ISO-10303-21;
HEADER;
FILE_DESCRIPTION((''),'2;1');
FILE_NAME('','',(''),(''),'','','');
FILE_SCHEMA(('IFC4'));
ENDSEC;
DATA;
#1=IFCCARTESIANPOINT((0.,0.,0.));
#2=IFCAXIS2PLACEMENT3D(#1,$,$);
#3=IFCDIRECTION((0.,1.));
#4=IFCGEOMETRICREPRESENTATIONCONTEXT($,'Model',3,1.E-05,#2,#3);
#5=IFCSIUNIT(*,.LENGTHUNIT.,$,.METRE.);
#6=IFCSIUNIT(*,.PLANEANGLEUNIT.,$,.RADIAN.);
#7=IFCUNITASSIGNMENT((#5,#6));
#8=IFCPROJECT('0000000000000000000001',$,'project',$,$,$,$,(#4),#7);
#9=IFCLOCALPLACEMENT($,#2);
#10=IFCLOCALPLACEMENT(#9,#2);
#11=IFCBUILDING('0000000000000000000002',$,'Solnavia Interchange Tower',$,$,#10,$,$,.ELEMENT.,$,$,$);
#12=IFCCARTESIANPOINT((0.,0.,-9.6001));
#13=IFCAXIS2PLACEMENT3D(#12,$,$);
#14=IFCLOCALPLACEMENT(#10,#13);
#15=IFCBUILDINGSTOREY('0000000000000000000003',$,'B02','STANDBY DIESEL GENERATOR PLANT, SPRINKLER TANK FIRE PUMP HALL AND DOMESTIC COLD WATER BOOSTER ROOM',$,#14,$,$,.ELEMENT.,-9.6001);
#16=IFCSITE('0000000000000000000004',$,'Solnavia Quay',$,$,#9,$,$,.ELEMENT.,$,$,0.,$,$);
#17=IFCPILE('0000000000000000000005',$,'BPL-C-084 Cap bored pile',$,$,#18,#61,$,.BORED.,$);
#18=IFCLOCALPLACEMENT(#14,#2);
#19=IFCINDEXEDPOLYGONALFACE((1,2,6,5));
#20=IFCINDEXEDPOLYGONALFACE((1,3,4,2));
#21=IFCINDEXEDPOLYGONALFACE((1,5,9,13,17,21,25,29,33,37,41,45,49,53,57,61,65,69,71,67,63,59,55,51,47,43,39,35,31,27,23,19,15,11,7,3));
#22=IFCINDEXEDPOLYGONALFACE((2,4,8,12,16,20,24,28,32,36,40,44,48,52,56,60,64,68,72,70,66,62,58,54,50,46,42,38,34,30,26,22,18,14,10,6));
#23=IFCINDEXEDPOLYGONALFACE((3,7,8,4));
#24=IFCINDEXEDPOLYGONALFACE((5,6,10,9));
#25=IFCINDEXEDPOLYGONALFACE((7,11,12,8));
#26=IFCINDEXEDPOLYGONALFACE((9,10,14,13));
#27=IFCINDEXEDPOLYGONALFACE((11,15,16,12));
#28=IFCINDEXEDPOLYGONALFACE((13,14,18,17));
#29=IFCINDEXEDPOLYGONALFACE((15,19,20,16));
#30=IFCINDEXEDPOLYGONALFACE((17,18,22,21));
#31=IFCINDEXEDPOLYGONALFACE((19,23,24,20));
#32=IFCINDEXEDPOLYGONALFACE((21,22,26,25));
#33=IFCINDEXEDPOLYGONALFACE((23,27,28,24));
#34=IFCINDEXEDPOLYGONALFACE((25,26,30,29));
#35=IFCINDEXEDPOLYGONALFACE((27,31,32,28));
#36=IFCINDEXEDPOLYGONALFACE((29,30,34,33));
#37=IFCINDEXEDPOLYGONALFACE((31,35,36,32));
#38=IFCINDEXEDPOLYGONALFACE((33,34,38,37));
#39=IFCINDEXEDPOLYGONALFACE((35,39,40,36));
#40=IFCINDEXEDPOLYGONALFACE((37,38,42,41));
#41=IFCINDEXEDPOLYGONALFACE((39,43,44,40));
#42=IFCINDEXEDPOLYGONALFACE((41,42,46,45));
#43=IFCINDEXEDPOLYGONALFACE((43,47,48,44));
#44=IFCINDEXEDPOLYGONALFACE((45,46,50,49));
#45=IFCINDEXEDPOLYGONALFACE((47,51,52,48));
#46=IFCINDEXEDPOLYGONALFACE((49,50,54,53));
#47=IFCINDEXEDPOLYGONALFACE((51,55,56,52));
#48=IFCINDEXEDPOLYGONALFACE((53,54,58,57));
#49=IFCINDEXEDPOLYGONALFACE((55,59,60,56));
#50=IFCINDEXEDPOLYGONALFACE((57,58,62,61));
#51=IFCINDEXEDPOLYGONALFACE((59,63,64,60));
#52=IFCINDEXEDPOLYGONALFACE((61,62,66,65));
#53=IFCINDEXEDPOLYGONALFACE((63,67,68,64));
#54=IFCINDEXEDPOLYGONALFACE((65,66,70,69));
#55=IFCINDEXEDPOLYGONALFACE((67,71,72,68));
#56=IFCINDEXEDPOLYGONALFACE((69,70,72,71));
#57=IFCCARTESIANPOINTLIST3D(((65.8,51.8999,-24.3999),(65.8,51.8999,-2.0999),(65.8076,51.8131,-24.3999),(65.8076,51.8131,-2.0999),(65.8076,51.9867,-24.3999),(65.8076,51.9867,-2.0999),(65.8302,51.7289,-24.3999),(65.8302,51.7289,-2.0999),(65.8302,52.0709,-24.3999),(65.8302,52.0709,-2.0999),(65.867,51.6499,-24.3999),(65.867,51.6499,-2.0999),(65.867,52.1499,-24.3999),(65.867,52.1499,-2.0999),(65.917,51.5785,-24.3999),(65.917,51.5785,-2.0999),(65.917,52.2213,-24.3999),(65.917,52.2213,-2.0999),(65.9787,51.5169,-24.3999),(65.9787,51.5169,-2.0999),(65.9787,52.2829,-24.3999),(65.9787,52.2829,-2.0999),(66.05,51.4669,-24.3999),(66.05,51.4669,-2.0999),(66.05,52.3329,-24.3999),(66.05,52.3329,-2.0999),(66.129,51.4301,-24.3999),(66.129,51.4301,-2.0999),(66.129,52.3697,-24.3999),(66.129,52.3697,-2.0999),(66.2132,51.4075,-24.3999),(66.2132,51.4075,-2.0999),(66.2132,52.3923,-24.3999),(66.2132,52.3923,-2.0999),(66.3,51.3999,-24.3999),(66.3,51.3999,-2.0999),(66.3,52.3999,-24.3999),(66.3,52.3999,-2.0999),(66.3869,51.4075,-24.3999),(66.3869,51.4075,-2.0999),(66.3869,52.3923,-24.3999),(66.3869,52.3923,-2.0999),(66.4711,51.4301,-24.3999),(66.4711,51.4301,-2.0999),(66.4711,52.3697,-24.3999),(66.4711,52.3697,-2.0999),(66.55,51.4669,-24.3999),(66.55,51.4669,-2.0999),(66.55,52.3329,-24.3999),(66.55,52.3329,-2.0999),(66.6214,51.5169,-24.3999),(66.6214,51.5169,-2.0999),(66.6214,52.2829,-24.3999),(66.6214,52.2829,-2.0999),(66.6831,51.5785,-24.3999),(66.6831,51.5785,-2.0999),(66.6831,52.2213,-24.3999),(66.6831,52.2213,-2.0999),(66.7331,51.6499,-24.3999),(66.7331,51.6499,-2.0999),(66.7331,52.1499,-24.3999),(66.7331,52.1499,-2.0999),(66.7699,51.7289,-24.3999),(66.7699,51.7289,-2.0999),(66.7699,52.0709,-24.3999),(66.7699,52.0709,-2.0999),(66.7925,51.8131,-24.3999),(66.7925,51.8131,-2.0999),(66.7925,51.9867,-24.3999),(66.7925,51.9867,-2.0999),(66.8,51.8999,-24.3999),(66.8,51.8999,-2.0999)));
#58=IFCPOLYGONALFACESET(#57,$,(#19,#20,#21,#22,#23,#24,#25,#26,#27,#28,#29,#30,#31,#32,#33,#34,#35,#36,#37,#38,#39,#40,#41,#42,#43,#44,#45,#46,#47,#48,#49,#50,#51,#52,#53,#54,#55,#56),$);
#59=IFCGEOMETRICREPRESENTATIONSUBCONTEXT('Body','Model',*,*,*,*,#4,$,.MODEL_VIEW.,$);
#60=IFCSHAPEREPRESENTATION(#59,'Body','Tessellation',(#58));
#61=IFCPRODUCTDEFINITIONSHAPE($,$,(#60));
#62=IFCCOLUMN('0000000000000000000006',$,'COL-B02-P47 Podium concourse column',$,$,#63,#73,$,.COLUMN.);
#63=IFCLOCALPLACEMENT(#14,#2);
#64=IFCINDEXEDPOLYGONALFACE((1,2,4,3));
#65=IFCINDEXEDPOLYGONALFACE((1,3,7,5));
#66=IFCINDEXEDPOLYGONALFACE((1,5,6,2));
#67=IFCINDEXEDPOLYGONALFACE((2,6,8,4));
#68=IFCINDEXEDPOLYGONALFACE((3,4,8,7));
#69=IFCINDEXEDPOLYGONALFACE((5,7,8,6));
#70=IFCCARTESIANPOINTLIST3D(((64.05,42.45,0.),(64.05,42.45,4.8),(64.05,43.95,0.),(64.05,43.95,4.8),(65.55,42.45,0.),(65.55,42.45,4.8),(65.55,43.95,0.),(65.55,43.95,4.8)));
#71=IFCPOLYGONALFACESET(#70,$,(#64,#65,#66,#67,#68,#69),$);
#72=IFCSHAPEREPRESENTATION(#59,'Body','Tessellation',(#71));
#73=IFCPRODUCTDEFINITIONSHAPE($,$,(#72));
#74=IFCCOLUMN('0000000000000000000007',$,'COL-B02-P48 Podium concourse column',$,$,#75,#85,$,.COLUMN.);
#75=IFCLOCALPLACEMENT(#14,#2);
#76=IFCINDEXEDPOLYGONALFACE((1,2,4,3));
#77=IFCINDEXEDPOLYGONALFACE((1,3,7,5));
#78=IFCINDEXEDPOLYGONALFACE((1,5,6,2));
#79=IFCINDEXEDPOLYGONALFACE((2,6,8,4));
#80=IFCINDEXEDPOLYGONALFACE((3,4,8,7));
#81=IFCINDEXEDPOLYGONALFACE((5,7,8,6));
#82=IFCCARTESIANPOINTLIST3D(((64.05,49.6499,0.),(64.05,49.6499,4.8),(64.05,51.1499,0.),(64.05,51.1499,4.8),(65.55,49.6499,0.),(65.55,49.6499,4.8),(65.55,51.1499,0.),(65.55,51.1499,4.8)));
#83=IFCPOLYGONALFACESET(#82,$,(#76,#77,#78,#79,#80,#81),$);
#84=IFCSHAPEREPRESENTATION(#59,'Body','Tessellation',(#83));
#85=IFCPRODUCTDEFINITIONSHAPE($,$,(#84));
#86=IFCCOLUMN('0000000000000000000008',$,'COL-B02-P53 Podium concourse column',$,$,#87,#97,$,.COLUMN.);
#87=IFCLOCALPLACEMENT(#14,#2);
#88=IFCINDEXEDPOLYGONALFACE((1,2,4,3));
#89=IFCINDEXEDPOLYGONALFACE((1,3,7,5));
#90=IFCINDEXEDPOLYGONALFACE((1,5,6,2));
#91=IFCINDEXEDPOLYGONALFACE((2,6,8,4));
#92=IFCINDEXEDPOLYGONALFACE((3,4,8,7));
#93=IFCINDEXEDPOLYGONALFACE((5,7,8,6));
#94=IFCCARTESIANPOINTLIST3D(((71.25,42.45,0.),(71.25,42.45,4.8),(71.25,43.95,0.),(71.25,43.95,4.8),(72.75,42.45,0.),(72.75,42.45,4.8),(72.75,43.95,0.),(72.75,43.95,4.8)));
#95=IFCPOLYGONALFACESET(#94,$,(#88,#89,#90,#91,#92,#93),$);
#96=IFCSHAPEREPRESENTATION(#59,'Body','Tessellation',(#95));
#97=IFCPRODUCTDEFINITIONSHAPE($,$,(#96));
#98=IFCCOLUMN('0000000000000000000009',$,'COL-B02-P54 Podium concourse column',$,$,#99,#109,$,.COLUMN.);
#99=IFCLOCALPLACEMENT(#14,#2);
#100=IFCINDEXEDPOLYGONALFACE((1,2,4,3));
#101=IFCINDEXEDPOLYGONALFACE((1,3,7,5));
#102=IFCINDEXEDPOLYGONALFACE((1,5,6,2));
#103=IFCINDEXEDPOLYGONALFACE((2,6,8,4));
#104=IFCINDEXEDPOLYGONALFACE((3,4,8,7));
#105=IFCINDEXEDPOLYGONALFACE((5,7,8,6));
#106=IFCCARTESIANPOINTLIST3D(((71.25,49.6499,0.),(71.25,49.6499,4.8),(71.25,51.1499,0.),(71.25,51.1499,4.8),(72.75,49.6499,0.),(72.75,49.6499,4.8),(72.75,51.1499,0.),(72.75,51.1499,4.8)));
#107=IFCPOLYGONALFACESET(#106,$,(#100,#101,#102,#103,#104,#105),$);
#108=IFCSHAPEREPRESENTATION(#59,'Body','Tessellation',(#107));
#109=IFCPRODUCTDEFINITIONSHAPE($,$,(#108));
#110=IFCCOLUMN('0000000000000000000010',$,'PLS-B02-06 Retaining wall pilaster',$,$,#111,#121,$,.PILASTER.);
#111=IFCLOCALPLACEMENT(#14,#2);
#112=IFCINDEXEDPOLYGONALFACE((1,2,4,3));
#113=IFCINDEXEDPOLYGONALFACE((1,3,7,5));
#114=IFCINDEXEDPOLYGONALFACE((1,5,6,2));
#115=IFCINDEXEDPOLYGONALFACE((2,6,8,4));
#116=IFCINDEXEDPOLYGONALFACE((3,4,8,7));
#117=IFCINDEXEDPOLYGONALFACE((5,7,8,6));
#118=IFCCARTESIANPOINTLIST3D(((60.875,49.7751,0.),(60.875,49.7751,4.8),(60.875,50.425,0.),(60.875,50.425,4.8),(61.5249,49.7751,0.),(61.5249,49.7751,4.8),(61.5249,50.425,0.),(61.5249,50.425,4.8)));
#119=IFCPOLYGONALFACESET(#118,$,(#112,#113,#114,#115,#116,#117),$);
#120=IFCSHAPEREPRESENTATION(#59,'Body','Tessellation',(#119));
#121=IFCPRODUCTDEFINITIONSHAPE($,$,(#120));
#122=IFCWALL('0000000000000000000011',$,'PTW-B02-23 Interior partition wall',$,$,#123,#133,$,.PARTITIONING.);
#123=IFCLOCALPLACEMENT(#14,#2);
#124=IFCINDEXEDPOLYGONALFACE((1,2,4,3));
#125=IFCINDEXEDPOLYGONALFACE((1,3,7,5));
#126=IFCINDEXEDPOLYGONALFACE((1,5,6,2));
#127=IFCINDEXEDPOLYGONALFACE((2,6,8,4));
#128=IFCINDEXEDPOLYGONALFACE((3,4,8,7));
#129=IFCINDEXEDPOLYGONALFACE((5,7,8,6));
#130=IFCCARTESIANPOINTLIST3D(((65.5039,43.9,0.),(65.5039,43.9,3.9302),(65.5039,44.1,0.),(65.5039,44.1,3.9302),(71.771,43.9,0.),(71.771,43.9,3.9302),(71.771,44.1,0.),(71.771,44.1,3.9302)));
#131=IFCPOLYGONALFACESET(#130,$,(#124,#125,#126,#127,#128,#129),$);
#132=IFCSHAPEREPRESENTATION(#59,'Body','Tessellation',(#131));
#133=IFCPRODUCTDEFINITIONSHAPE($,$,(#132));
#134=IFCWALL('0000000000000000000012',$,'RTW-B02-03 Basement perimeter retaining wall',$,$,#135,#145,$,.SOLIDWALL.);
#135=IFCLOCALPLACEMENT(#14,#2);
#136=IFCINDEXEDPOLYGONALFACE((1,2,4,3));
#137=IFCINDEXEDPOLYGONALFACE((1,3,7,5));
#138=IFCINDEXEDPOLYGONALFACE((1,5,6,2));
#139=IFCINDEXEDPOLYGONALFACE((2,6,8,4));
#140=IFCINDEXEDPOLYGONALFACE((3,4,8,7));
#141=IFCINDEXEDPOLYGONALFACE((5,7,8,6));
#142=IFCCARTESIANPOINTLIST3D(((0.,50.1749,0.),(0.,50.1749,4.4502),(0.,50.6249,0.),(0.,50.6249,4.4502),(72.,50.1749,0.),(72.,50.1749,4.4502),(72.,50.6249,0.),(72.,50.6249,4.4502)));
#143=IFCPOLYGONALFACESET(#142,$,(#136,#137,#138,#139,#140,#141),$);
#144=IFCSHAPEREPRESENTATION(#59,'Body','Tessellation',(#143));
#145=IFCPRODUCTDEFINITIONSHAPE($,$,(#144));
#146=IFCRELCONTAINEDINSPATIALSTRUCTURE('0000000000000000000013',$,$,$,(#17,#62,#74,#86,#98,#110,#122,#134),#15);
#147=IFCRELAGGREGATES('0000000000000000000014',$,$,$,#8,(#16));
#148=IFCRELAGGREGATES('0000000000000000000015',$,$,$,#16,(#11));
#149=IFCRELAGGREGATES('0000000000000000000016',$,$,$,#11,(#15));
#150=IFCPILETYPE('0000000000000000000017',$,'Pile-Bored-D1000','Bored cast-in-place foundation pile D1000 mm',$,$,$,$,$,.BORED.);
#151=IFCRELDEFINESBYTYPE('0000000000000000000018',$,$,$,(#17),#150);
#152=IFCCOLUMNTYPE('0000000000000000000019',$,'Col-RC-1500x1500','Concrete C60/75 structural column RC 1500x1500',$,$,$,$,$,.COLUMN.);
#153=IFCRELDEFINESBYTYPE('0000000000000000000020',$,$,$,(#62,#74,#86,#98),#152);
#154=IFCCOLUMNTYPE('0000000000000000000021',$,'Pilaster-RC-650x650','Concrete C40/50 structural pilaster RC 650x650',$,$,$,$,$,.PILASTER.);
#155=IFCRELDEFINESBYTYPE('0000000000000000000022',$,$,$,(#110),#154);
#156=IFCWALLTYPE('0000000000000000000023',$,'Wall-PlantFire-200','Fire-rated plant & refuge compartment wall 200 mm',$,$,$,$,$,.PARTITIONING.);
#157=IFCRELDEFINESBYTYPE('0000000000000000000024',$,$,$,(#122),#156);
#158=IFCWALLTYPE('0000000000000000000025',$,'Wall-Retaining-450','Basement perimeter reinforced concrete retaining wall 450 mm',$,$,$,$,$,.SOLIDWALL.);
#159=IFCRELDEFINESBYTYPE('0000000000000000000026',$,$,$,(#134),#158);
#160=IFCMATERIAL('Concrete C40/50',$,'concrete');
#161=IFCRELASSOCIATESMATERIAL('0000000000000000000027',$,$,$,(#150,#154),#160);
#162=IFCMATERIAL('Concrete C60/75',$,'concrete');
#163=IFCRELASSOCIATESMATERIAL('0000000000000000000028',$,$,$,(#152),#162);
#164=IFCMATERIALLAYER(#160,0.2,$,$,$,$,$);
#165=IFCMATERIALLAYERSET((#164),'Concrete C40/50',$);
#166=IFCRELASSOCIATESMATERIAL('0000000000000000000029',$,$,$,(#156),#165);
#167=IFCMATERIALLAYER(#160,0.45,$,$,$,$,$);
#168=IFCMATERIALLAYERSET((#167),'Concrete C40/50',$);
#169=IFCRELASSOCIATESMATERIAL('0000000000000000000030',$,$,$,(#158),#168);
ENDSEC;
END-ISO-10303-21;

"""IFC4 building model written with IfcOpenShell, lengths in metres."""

from ifc_helpers import new_model, si_unit, direction, frame, frame_2d, origin, origin_2d, place, context, subcontext, project, spatial, rectangle, circle, extrude, material, layer, layer_set, material_profile, profile_set, type_object, element, save


model = new_model("IFC4")

# Units and contexts
model_context = context("Model", 3, precision=1e-05, world=origin(), true_north=direction((0.0, 1.0)))
body_context = subcontext(model_context, "Body", "Model", "MODEL_VIEW")
ifc_project = project(units=[si_unit("LENGTHUNIT", "METRE"), si_unit("PLANEANGLEUNIT", "RADIAN")], contexts=[model_context])

# Site, building, storey
site_placement = place(None, origin())
site = spatial("IfcSite", under=ifc_project, at=site_placement, Name="Solnavia Quay", CompositionType="ELEMENT", RefElevation=0.0)
building_placement = place(site_placement, origin())
building = spatial("IfcBuilding", under=site, at=building_placement, Name="Solnavia Interchange Tower", CompositionType="ELEMENT")
storey_placement = place(building_placement, frame((0.0, 0.0, -9.6001)))
storey = spatial("IfcBuildingStorey", under=building, at=storey_placement, Name="B02", Description="STANDBY DIESEL GENERATOR PLANT, SPRINKLER TANK FIRE PUMP HALL AND DOMESTIC COLD WATER BOOSTER ROOM", CompositionType="ELEMENT", Elevation=-9.6001)

# Shared definitions
ifc_material_1 = material(Name="Concrete C40/50", Category="concrete")

# Pile
ifc_material_profile_1 = material_profile(ifc_material_1, circle(Radius=0.5, at=origin_2d()), Name="PILE D1000")
ifc_profile_set_1 = profile_set([ifc_material_profile_1], Name="Concrete C40/50")
pile_type = type_object("IfcPileType", Name="Pile-Bored-D1000", Description="Bored cast-in-place foundation pile D1000 mm", PredefinedType="BORED", material=ifc_profile_set_1)
for number, where, z_axis, x_axis, name in (
    (1, (66.3, 51.8999, -2.0999), (0.0, 0.0, -1.0), (1.0, 0.0, 0.0), "BPL-C-084 Cap bored pile"),
):
    element("IfcPile", number, at=place(storey_placement, frame(where, z_axis=z_axis, x_axis=x_axis)), inside=storey, type_object=pile_type, Name=name, PredefinedType="BORED", context=body_context, shape_type="SweptSolid", body=[
        extrude(circle(Radius=0.5, at=origin_2d()), origin(), (0.0, 0.0, 1.0), 22.3),
    ])

# Columns
ifc_material_2 = material(Name="Concrete C60/75", Category="concrete")
ifc_material_profile_2 = material_profile(ifc_material_2, rectangle(XDim=1.5, YDim=1.5, at=origin_2d()), Name="RC 1500x1500")
ifc_profile_set_2 = profile_set([ifc_material_profile_2], Name="Concrete C60/75")
column_type_1 = type_object("IfcColumnType", Name="Col-RC-1500x1500", Description="Concrete C60/75 structural column RC 1500x1500", PredefinedType="COLUMN", material=ifc_profile_set_2)
for number, where, z_axis, x_axis, name in (
    (2, (64.8, 43.2, 0.0), (0.0, 0.0, 1.0), (1.0, 0.0, 0.0), "COL-B02-P47 Podium concourse column"),
    (3, (64.8, 50.3999, 0.0), (0.0, 0.0, 1.0), (1.0, 0.0, 0.0), "COL-B02-P48 Podium concourse column"),
    (4, (72.0, 43.2, 0.0), (0.0, 0.0, 1.0), (1.0, 0.0, 0.0), "COL-B02-P53 Podium concourse column"),
    (5, (72.0, 50.3999, 0.0), (0.0, 0.0, 1.0), (1.0, 0.0, 0.0), "COL-B02-P54 Podium concourse column"),
):
    element("IfcColumn", number, at=place(storey_placement, frame(where, z_axis=z_axis, x_axis=x_axis)), inside=storey, type_object=column_type_1, Name=name, PredefinedType="COLUMN", context=body_context, shape_type="SweptSolid", body=[
        extrude(rectangle(XDim=1.5, YDim=1.5, at=origin_2d()), origin(), (0.0, 0.0, 1.0), 4.8),
    ])
ifc_material_profile_3 = material_profile(ifc_material_1, rectangle(XDim=0.6499, YDim=0.6499, at=origin_2d()), Name="RC 650x650")
ifc_profile_set_3 = profile_set([ifc_material_profile_3], Name="Concrete C40/50")
column_type_2 = type_object("IfcColumnType", Name="Pilaster-RC-650x650", Description="Concrete C40/50 structural pilaster RC 650x650", PredefinedType="PILASTER", material=ifc_profile_set_3)
column_placement = place(storey_placement, frame((61.2, 50.1001, 0.0), z_axis=(0.0, 0.0, 1.0), x_axis=(1.0, 0.0, 0.0)))
element("IfcColumn", 6, at=column_placement, inside=storey, type_object=column_type_2, Name="PLS-B02-06 Retaining wall pilaster", PredefinedType="PILASTER", context=body_context, shape_type="SweptSolid", body=[
    extrude(rectangle(XDim=0.6499, YDim=0.6499, at=origin_2d()), origin(), (0.0, 0.0, 1.0), 4.8),
])

# Walls
ifc_layer_1 = layer(ifc_material_1, 0.2)
ifc_layer_set_1 = layer_set([ifc_layer_1], Name="Concrete C40/50")
wall_type_1 = type_object("IfcWallType", Name="Wall-PlantFire-200", Description="Fire-rated plant & refuge compartment wall 200 mm", PredefinedType="PARTITIONING", material=ifc_layer_set_1)
wall_1_placement = place(storey_placement, frame((65.5039, 44.0, 0.0), z_axis=(0.0, 0.0, 1.0), x_axis=(1.0, 0.0, 0.0)))
element("IfcWall", 7, at=wall_1_placement, inside=storey, type_object=wall_type_1, Name="PTW-B02-23 Interior partition wall", PredefinedType="PARTITIONING", context=body_context, shape_type="SweptSolid", body=[
    extrude(rectangle(XDim=6.2671, YDim=0.2, at=frame_2d((3.1335, 0.0))), origin(), (0.0, 0.0, 1.0), 3.9302),
])
ifc_layer_2 = layer(ifc_material_1, 0.45)
ifc_layer_set_2 = layer_set([ifc_layer_2], Name="Concrete C40/50")
wall_type_2 = type_object("IfcWallType", Name="Wall-Retaining-450", Description="Basement perimeter reinforced concrete retaining wall 450 mm", PredefinedType="SOLIDWALL", material=ifc_layer_set_2)
wall_2_placement = place(storey_placement, frame((72.0, 50.3999, 0.0), z_axis=(0.0, 0.0, 1.0), x_axis=(-1.0, 0.0, 0.0)))
element("IfcWall", 8, at=wall_2_placement, inside=storey, type_object=wall_type_2, Name="RTW-B02-03 Basement perimeter retaining wall", PredefinedType="SOLIDWALL", context=body_context, shape_type="SweptSolid", body=[
    extrude(rectangle(XDim=72.0, YDim=0.45, at=frame_2d((36.0, 0.0))), origin(), (0.0, 0.0, 1.0), 4.4502),
])

save(model, "model.ifc")
